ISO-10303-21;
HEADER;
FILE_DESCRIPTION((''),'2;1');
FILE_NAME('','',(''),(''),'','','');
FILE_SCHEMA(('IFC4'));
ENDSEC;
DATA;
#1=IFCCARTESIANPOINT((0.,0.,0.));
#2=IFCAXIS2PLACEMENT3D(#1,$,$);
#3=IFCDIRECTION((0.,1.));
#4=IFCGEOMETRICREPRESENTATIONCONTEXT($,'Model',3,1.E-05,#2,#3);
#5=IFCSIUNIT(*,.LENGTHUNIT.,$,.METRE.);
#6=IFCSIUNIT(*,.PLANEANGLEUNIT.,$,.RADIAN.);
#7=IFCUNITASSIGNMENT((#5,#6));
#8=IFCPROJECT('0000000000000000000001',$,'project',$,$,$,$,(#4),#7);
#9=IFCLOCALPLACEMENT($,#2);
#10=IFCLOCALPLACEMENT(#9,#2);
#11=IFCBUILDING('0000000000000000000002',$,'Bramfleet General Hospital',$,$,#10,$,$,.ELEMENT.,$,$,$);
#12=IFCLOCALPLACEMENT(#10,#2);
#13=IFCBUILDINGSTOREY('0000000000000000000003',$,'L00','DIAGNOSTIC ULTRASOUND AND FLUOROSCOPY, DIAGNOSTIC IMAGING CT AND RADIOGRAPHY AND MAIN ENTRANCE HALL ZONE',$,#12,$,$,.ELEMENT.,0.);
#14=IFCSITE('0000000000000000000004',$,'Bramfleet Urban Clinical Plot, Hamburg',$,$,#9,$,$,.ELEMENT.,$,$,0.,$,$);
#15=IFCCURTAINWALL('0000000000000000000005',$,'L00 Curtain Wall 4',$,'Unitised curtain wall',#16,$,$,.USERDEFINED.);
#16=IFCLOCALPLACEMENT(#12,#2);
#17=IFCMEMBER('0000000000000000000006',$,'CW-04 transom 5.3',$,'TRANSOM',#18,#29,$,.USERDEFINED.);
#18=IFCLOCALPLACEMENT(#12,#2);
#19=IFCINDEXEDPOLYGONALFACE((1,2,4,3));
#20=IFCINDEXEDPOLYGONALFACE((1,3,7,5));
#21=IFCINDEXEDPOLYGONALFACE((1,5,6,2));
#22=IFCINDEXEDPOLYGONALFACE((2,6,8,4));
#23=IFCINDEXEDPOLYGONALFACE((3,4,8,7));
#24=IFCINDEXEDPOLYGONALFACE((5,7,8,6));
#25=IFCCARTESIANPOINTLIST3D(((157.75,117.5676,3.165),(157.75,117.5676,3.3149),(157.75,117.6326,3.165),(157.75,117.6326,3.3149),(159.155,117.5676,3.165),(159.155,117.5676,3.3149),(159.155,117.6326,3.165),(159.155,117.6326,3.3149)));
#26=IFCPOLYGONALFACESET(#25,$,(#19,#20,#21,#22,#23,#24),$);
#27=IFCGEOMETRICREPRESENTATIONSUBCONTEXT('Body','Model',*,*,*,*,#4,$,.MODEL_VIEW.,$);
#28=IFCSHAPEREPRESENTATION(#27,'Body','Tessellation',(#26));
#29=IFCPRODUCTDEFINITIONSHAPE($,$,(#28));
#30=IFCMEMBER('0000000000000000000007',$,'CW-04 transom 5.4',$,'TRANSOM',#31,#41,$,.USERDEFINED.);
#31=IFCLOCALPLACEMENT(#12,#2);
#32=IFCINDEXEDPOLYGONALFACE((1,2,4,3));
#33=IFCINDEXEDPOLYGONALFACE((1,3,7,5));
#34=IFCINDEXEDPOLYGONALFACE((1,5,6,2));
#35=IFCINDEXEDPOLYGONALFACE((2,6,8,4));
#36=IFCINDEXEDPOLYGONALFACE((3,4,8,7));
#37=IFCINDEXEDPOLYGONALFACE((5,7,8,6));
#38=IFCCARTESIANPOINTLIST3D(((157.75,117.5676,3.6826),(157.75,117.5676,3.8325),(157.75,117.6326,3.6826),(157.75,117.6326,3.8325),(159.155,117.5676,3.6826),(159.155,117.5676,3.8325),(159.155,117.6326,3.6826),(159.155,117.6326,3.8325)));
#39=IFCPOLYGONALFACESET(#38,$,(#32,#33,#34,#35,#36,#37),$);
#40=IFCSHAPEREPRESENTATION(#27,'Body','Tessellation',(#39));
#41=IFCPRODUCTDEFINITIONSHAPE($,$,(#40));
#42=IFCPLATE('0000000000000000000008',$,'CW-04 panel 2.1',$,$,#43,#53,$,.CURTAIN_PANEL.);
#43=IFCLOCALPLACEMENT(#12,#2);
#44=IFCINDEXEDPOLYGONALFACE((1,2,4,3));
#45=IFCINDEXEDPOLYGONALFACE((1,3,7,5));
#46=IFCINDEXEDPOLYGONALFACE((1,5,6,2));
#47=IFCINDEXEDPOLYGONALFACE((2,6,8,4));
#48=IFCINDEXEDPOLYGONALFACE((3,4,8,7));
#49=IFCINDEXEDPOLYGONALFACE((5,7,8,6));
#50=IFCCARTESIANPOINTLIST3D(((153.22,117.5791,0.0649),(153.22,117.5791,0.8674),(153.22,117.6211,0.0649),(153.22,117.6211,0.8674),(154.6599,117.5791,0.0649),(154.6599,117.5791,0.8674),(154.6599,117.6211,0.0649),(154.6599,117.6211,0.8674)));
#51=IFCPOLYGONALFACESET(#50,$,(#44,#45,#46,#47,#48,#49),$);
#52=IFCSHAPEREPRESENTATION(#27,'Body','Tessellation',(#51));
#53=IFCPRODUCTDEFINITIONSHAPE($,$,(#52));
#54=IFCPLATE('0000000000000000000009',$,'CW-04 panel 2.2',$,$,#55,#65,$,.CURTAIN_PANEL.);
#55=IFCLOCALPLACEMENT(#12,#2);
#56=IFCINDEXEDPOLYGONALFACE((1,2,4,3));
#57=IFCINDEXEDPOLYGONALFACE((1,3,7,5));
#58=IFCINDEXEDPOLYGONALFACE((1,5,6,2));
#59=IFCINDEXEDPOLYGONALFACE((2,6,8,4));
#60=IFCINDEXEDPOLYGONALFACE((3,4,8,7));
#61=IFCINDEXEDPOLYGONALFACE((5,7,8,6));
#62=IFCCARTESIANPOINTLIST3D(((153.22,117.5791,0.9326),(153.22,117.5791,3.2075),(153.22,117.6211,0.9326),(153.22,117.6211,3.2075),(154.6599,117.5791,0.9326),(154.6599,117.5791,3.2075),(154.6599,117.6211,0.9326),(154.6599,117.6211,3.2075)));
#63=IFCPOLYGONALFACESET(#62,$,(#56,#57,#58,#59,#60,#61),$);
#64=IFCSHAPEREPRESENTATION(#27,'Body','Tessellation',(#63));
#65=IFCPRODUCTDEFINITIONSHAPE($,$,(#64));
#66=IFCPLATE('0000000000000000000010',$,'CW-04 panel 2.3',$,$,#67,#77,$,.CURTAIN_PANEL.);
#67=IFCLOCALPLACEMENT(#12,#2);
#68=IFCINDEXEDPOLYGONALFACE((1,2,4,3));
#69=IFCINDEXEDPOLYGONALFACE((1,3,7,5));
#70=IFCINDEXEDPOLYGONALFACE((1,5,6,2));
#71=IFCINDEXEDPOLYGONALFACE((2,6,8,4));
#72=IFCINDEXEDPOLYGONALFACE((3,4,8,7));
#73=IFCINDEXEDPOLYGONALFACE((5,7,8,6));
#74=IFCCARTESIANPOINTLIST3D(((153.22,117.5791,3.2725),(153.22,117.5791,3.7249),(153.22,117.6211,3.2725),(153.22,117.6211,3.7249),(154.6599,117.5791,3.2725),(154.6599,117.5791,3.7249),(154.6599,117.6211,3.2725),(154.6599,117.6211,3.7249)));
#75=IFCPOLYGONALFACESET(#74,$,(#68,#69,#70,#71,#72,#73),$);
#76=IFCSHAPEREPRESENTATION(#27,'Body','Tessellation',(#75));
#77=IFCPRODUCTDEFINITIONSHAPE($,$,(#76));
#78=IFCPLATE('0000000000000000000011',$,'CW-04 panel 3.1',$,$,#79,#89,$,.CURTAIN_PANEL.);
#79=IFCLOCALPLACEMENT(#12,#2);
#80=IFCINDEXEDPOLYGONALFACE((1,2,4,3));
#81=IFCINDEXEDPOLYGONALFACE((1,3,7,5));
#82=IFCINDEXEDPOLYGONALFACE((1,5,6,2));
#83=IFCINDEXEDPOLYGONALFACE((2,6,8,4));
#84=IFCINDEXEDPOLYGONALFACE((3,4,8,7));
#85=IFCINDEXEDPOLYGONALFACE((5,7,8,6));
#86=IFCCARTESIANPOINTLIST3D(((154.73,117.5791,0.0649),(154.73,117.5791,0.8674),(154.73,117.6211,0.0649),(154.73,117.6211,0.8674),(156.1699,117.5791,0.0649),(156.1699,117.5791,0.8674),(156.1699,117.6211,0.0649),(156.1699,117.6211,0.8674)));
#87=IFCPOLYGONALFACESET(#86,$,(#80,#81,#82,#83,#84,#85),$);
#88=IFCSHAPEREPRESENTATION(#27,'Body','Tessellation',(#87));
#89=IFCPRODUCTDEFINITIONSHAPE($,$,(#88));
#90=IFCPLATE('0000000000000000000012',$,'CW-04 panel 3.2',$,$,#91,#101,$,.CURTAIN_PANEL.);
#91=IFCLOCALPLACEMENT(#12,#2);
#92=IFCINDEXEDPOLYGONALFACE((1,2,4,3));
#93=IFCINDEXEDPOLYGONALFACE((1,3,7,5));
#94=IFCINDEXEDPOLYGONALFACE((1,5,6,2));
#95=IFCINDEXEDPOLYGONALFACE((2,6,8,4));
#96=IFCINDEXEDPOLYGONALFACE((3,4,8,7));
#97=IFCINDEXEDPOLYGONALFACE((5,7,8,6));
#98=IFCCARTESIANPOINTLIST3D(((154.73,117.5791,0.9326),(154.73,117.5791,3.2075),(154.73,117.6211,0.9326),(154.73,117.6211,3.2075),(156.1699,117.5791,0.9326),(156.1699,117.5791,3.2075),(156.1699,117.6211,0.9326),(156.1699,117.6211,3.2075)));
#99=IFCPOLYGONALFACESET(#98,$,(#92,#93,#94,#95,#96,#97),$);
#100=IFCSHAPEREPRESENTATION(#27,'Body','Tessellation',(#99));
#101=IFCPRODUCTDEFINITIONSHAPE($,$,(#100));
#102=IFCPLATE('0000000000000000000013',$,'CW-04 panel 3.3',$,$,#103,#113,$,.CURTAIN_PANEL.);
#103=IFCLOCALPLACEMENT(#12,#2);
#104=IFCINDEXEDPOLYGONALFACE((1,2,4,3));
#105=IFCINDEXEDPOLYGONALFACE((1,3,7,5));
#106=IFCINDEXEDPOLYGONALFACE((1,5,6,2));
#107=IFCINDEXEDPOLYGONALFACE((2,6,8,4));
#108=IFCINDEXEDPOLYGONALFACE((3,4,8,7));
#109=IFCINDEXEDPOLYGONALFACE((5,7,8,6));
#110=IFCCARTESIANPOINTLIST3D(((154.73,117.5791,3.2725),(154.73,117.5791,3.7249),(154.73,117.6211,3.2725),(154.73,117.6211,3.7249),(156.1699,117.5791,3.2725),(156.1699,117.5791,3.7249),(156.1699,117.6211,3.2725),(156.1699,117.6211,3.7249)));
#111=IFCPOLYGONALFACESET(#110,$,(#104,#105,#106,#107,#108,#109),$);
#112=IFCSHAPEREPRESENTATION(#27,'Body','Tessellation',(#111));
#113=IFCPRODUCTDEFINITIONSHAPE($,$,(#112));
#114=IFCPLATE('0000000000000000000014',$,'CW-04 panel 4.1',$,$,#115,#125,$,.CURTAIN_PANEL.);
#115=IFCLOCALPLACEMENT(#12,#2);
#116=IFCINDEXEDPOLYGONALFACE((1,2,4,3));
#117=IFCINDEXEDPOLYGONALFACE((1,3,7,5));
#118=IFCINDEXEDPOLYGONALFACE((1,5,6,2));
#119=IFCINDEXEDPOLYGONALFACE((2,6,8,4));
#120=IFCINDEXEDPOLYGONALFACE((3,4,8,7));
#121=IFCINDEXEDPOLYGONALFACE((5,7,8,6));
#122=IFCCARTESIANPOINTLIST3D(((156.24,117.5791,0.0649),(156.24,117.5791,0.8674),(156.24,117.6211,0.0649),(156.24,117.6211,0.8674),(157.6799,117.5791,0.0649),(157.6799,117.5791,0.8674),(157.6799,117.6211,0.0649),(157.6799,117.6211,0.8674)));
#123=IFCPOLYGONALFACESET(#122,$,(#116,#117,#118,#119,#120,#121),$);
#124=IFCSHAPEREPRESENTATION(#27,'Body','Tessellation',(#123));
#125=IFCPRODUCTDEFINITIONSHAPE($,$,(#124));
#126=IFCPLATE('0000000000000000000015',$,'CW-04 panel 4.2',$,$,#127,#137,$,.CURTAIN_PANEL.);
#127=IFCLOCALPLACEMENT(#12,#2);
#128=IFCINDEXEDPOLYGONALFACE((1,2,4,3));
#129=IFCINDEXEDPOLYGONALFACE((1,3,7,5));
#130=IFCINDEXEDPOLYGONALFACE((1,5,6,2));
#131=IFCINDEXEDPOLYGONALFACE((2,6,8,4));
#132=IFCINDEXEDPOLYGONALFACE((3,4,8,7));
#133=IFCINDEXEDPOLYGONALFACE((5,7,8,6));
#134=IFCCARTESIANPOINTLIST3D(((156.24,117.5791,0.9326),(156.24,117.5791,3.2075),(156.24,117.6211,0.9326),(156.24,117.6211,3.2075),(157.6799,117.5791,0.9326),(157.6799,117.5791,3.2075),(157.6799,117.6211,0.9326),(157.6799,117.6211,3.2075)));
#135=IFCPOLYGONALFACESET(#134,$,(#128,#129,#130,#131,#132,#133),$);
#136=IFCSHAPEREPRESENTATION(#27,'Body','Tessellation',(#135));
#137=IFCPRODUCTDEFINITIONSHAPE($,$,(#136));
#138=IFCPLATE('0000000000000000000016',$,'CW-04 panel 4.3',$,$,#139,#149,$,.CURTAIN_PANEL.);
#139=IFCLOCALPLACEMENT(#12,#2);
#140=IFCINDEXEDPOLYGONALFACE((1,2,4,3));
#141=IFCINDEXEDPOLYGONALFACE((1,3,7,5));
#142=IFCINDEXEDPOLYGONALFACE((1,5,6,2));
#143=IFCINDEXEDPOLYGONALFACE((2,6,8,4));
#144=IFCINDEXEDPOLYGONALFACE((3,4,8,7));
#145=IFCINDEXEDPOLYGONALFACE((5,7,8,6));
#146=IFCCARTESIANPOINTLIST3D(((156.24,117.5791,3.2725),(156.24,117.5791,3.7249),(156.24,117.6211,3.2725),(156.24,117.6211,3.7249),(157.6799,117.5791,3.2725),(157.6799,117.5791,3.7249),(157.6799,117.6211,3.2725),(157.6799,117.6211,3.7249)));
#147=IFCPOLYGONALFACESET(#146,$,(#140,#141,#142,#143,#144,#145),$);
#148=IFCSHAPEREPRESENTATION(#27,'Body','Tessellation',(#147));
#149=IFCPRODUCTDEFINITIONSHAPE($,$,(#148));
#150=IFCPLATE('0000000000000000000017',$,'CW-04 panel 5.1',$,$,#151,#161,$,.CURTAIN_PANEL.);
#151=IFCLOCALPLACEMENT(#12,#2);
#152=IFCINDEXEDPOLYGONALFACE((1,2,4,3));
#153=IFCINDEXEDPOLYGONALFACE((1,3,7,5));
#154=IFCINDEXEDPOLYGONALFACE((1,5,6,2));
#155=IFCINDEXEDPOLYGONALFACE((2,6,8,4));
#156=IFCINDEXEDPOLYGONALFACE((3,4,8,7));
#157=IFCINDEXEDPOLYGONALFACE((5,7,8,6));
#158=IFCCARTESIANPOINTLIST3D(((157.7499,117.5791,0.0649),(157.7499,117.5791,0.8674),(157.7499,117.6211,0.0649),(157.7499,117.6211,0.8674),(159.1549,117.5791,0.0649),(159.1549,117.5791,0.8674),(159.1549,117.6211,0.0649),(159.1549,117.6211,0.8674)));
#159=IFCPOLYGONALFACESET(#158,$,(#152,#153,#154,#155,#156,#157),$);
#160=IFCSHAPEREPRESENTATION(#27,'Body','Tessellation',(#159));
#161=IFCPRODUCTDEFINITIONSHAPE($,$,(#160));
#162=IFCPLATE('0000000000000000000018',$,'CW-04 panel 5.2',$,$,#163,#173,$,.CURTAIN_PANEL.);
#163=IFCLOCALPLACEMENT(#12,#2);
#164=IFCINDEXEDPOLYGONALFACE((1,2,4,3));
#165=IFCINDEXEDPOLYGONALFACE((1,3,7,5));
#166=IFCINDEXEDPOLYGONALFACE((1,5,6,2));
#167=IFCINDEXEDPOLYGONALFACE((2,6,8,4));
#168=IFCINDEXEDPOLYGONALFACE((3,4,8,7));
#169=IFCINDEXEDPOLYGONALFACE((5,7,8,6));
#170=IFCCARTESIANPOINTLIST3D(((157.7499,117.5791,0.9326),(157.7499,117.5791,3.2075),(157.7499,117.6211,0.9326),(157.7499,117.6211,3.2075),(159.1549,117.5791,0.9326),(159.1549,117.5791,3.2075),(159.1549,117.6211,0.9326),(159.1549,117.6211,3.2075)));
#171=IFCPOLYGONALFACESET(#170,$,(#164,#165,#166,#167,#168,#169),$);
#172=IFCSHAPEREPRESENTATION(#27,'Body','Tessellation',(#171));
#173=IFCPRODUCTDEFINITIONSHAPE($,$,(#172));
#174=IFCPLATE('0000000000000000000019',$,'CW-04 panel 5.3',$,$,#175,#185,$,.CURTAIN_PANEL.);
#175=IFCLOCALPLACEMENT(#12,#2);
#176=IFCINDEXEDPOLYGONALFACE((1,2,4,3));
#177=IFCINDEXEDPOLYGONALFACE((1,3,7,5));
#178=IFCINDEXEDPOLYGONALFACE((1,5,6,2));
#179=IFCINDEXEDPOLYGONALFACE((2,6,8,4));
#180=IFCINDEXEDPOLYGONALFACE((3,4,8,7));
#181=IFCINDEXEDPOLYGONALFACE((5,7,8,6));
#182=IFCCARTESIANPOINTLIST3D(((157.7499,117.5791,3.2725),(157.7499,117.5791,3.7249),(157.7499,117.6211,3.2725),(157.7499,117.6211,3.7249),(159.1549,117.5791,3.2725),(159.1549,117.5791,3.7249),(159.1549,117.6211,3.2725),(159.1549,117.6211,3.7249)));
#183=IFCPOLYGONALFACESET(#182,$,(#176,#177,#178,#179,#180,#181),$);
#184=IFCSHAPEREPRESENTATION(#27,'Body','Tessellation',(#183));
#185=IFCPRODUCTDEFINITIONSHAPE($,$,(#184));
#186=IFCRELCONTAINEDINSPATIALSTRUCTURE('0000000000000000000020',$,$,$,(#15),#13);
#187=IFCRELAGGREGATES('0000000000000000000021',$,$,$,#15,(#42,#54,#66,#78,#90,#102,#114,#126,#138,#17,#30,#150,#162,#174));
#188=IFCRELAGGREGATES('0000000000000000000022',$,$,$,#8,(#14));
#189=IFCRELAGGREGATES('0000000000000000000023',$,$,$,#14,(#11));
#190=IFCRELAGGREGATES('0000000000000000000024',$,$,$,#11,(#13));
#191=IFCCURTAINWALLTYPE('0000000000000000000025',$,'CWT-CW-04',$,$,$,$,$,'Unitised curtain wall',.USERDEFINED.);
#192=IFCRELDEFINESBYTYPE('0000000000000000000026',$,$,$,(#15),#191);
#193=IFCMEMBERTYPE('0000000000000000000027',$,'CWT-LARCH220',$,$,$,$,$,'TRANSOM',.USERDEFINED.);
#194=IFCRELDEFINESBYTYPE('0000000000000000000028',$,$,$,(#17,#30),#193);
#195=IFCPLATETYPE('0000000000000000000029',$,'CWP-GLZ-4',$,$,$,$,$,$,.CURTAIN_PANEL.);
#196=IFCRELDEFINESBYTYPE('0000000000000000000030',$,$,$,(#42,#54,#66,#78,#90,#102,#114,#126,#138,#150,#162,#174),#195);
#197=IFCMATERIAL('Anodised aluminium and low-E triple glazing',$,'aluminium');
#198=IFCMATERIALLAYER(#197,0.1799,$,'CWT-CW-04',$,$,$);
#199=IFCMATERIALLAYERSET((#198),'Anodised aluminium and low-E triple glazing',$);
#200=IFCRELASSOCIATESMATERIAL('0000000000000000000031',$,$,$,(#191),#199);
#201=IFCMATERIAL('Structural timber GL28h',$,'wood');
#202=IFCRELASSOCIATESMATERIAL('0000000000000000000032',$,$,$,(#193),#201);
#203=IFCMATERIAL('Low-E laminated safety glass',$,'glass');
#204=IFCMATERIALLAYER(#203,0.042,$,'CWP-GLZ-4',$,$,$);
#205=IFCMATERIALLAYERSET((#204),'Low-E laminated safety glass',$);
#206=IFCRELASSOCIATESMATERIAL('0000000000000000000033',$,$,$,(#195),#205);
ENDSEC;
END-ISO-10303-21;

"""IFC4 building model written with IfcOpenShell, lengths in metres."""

from ifc_helpers import new_model, si_unit, direction, frame, origin, origin_2d, place, context, subcontext, project, spatial, rectangle, extrude, material, layer, layer_set, material_profile, profile_set, type_object, element, aggregate, save


model = new_model("IFC4")

# Units and contexts
model_context = context("Model", 3, precision=1e-05, world=origin(), true_north=direction((0.0, 1.0)))
body_context = subcontext(model_context, "Body", "Model", "MODEL_VIEW")
ifc_project = project(units=[si_unit("LENGTHUNIT", "METRE"), si_unit("PLANEANGLEUNIT", "RADIAN")], contexts=[model_context])

# Site, building, storey
site_placement = place(None, origin())
site = spatial("IfcSite", under=ifc_project, at=site_placement, Name="Bramfleet Urban Clinical Plot, Hamburg", CompositionType="ELEMENT", RefElevation=0.0)
building_placement = place(site_placement, origin())
building = spatial("IfcBuilding", under=site, at=building_placement, Name="Bramfleet General Hospital", CompositionType="ELEMENT")
storey_placement = place(building_placement, origin())
storey = spatial("IfcBuildingStorey", under=building, at=storey_placement, Name="L00", Description="DIAGNOSTIC ULTRASOUND AND FLUOROSCOPY, DIAGNOSTIC IMAGING CT AND RADIOGRAPHY AND MAIN ENTRANCE HALL ZONE", CompositionType="ELEMENT", Elevation=0.0)

# Curtain wall, members, plates
ifc_material_1 = material(Name="Anodised aluminium and low-E triple glazing", Category="aluminium")
ifc_layer_1 = layer(ifc_material_1, 0.1799, Name="CWT-CW-04")
ifc_layer_set_1 = layer_set([ifc_layer_1], Name="Anodised aluminium and low-E triple glazing")
curtain_wall_type = type_object("IfcCurtainWallType", Name="CWT-CW-04", ElementType="Unitised curtain wall", PredefinedType="USERDEFINED", material=ifc_layer_set_1)
curtain_wall_placement = place(storey_placement, origin())
curtain_wall = element("IfcCurtainWall", 1, at=curtain_wall_placement, inside=storey, type_object=curtain_wall_type, Name="L00 Curtain Wall 4", ObjectType="Unitised curtain wall", PredefinedType="USERDEFINED")
ifc_material_2 = material(Name="Structural timber GL28h", Category="wood")
ifc_material_profile_1 = material_profile(ifc_material_2, rectangle(XDim=0.0649, YDim=0.1499, at=origin_2d()), Name="LARCH 150x65")
ifc_profile_set_1 = profile_set([ifc_material_profile_1], Name="Structural timber GL28h")
member_type_1 = type_object("IfcMemberType", Name="CWT-LARCH220", ElementType="TRANSOM", PredefinedType="USERDEFINED", material=ifc_profile_set_1)
member_1_placement = place(storey_placement, frame((157.75, 117.6001, 3.24), z_axis=(1.0, 0.0, 0.0), x_axis=(0.0, 1.0, 0.0)))
member_1 = element("IfcMember", 2, at=member_1_placement, type_object=member_type_1, Name="CW-04 transom 5.3", ObjectType="TRANSOM", PredefinedType="USERDEFINED", context=body_context, shape_type="SweptSolid", body=[
    extrude(rectangle(XDim=0.0649, YDim=0.1499, at=origin_2d()), origin(), (0.0, 0.0, 1.0), 1.405),
])
member_2_placement = place(storey_placement, frame((157.75, 117.6001, 3.7576), z_axis=(1.0, 0.0, 0.0), x_axis=(0.0, 1.0, 0.0)))
member_2 = element("IfcMember", 3, at=member_2_placement, type_object=member_type_1, Name="CW-04 transom 5.4", ObjectType="TRANSOM", PredefinedType="USERDEFINED", context=body_context, shape_type="SweptSolid", body=[
    extrude(rectangle(XDim=0.0649, YDim=0.1499, at=origin_2d()), origin(), (0.0, 0.0, 1.0), 1.405),
])
ifc_material_3 = material(Name="Low-E laminated safety glass", Category="glass")
ifc_layer_2 = layer(ifc_material_3, 0.042, Name="CWP-GLZ-4")
ifc_layer_set_2 = layer_set([ifc_layer_2], Name="Low-E laminated safety glass")
plate_type = type_object("IfcPlateType", Name="CWP-GLZ-4", PredefinedType="CURTAIN_PANEL", material=ifc_layer_set_2)
plate_1_placement = place(storey_placement, frame((153.9399, 117.6001, 0.0649), z_axis=(0.0, 0.0, 1.0), x_axis=(1.0, 0.0, 0.0)))
plate_1 = element("IfcPlate", 4, at=plate_1_placement, type_object=plate_type, Name="CW-04 panel 2.1", PredefinedType="CURTAIN_PANEL", context=body_context, shape_type="SweptSolid", body=[
    extrude(rectangle(XDim=1.4399, YDim=0.042, at=origin_2d()), origin(), (0.0, 0.0, 1.0), 0.8025),
])
plate_2_placement = place(storey_placement, frame((153.9399, 117.6001, 0.9326), z_axis=(0.0, 0.0, 1.0), x_axis=(1.0, 0.0, 0.0)))
plate_2 = element("IfcPlate", 5, at=plate_2_placement, type_object=plate_type, Name="CW-04 panel 2.2", PredefinedType="CURTAIN_PANEL", context=body_context, shape_type="SweptSolid", body=[
    extrude(rectangle(XDim=1.4399, YDim=0.042, at=origin_2d()), origin(), (0.0, 0.0, 1.0), 2.2749),
])
plate_3_placement = place(storey_placement, frame((153.9399, 117.6001, 3.2725), z_axis=(0.0, 0.0, 1.0), x_axis=(1.0, 0.0, 0.0)))
plate_3 = element("IfcPlate", 6, at=plate_3_placement, type_object=plate_type, Name="CW-04 panel 2.3", PredefinedType="CURTAIN_PANEL", context=body_context, shape_type="SweptSolid", body=[
    extrude(rectangle(XDim=1.4399, YDim=0.042, at=origin_2d()), origin(), (0.0, 0.0, 1.0), 0.4524),
])
plate_4_placement = place(storey_placement, frame((155.45, 117.6001, 0.0649), z_axis=(0.0, 0.0, 1.0), x_axis=(1.0, 0.0, 0.0)))
plate_4 = element("IfcPlate", 7, at=plate_4_placement, type_object=plate_type, Name="CW-04 panel 3.1", PredefinedType="CURTAIN_PANEL", context=body_context, shape_type="SweptSolid", body=[
    extrude(rectangle(XDim=1.4399, YDim=0.042, at=origin_2d()), origin(), (0.0, 0.0, 1.0), 0.8025),
])
plate_5_placement = place(storey_placement, frame((155.45, 117.6001, 0.9326), z_axis=(0.0, 0.0, 1.0), x_axis=(1.0, 0.0, 0.0)))
plate_5 = element("IfcPlate", 8, at=plate_5_placement, type_object=plate_type, Name="CW-04 panel 3.2", PredefinedType="CURTAIN_PANEL", context=body_context, shape_type="SweptSolid", body=[
    extrude(rectangle(XDim=1.4399, YDim=0.042, at=origin_2d()), origin(), (0.0, 0.0, 1.0), 2.2749),
])
plate_6_placement = place(storey_placement, frame((155.45, 117.6001, 3.2725), z_axis=(0.0, 0.0, 1.0), x_axis=(1.0, 0.0, 0.0)))
plate_6 = element("IfcPlate", 9, at=plate_6_placement, type_object=plate_type, Name="CW-04 panel 3.3", PredefinedType="CURTAIN_PANEL", context=body_context, shape_type="SweptSolid", body=[
    extrude(rectangle(XDim=1.4399, YDim=0.042, at=origin_2d()), origin(), (0.0, 0.0, 1.0), 0.4524),
])
plate_7_placement = place(storey_placement, frame((156.96, 117.6001, 0.0649), z_axis=(0.0, 0.0, 1.0), x_axis=(1.0, 0.0, 0.0)))
plate_7 = element("IfcPlate", 10, at=plate_7_placement, type_object=plate_type, Name="CW-04 panel 4.1", PredefinedType="CURTAIN_PANEL", context=body_context, shape_type="SweptSolid", body=[
    extrude(rectangle(XDim=1.4399, YDim=0.042, at=origin_2d()), origin(), (0.0, 0.0, 1.0), 0.8025),
])
plate_8_placement = place(storey_placement, frame((156.96, 117.6001, 0.9326), z_axis=(0.0, 0.0, 1.0), x_axis=(1.0, 0.0, 0.0)))
plate_8 = element("IfcPlate", 11, at=plate_8_placement, type_object=plate_type, Name="CW-04 panel 4.2", PredefinedType="CURTAIN_PANEL", context=body_context, shape_type="SweptSolid", body=[
    extrude(rectangle(XDim=1.4399, YDim=0.042, at=origin_2d()), origin(), (0.0, 0.0, 1.0), 2.2749),
])
plate_9_placement = place(storey_placement, frame((156.96, 117.6001, 3.2725), z_axis=(0.0, 0.0, 1.0), x_axis=(1.0, 0.0, 0.0)))
plate_9 = element("IfcPlate", 12, at=plate_9_placement, type_object=plate_type, Name="CW-04 panel 4.3", PredefinedType="CURTAIN_PANEL", context=body_context, shape_type="SweptSolid", body=[
    extrude(rectangle(XDim=1.4399, YDim=0.042, at=origin_2d()), origin(), (0.0, 0.0, 1.0), 0.4524),
])
plate_10_placement = place(storey_placement, frame((158.4524, 117.6001, 0.0649), z_axis=(0.0, 0.0, 1.0), x_axis=(1.0, 0.0, 0.0)))
plate_10 = element("IfcPlate", 13, at=plate_10_placement, type_object=plate_type, Name="CW-04 panel 5.1", PredefinedType="CURTAIN_PANEL", context=body_context, shape_type="SweptSolid", body=[
    extrude(rectangle(XDim=1.405, YDim=0.042, at=origin_2d()), origin(), (0.0, 0.0, 1.0), 0.8025),
])
plate_11_placement = place(storey_placement, frame((158.4524, 117.6001, 0.9326), z_axis=(0.0, 0.0, 1.0), x_axis=(1.0, 0.0, 0.0)))
plate_11 = element("IfcPlate", 14, at=plate_11_placement, type_object=plate_type, Name="CW-04 panel 5.2", PredefinedType="CURTAIN_PANEL", context=body_context, shape_type="SweptSolid", body=[
    extrude(rectangle(XDim=1.405, YDim=0.042, at=origin_2d()), origin(), (0.0, 0.0, 1.0), 2.2749),
])
plate_12_placement = place(storey_placement, frame((158.4524, 117.6001, 3.2725), z_axis=(0.0, 0.0, 1.0), x_axis=(1.0, 0.0, 0.0)))
plate_12 = element("IfcPlate", 15, at=plate_12_placement, type_object=plate_type, Name="CW-04 panel 5.3", PredefinedType="CURTAIN_PANEL", context=body_context, shape_type="SweptSolid", body=[
    extrude(rectangle(XDim=1.405, YDim=0.042, at=origin_2d()), origin(), (0.0, 0.0, 1.0), 0.4524),
])
aggregate(curtain_wall, [plate_1, plate_2, plate_3, plate_4, plate_5, plate_6, plate_7, plate_8, plate_9, member_1, member_2, plate_10, plate_11, plate_12])

save(model, "model.ifc")
